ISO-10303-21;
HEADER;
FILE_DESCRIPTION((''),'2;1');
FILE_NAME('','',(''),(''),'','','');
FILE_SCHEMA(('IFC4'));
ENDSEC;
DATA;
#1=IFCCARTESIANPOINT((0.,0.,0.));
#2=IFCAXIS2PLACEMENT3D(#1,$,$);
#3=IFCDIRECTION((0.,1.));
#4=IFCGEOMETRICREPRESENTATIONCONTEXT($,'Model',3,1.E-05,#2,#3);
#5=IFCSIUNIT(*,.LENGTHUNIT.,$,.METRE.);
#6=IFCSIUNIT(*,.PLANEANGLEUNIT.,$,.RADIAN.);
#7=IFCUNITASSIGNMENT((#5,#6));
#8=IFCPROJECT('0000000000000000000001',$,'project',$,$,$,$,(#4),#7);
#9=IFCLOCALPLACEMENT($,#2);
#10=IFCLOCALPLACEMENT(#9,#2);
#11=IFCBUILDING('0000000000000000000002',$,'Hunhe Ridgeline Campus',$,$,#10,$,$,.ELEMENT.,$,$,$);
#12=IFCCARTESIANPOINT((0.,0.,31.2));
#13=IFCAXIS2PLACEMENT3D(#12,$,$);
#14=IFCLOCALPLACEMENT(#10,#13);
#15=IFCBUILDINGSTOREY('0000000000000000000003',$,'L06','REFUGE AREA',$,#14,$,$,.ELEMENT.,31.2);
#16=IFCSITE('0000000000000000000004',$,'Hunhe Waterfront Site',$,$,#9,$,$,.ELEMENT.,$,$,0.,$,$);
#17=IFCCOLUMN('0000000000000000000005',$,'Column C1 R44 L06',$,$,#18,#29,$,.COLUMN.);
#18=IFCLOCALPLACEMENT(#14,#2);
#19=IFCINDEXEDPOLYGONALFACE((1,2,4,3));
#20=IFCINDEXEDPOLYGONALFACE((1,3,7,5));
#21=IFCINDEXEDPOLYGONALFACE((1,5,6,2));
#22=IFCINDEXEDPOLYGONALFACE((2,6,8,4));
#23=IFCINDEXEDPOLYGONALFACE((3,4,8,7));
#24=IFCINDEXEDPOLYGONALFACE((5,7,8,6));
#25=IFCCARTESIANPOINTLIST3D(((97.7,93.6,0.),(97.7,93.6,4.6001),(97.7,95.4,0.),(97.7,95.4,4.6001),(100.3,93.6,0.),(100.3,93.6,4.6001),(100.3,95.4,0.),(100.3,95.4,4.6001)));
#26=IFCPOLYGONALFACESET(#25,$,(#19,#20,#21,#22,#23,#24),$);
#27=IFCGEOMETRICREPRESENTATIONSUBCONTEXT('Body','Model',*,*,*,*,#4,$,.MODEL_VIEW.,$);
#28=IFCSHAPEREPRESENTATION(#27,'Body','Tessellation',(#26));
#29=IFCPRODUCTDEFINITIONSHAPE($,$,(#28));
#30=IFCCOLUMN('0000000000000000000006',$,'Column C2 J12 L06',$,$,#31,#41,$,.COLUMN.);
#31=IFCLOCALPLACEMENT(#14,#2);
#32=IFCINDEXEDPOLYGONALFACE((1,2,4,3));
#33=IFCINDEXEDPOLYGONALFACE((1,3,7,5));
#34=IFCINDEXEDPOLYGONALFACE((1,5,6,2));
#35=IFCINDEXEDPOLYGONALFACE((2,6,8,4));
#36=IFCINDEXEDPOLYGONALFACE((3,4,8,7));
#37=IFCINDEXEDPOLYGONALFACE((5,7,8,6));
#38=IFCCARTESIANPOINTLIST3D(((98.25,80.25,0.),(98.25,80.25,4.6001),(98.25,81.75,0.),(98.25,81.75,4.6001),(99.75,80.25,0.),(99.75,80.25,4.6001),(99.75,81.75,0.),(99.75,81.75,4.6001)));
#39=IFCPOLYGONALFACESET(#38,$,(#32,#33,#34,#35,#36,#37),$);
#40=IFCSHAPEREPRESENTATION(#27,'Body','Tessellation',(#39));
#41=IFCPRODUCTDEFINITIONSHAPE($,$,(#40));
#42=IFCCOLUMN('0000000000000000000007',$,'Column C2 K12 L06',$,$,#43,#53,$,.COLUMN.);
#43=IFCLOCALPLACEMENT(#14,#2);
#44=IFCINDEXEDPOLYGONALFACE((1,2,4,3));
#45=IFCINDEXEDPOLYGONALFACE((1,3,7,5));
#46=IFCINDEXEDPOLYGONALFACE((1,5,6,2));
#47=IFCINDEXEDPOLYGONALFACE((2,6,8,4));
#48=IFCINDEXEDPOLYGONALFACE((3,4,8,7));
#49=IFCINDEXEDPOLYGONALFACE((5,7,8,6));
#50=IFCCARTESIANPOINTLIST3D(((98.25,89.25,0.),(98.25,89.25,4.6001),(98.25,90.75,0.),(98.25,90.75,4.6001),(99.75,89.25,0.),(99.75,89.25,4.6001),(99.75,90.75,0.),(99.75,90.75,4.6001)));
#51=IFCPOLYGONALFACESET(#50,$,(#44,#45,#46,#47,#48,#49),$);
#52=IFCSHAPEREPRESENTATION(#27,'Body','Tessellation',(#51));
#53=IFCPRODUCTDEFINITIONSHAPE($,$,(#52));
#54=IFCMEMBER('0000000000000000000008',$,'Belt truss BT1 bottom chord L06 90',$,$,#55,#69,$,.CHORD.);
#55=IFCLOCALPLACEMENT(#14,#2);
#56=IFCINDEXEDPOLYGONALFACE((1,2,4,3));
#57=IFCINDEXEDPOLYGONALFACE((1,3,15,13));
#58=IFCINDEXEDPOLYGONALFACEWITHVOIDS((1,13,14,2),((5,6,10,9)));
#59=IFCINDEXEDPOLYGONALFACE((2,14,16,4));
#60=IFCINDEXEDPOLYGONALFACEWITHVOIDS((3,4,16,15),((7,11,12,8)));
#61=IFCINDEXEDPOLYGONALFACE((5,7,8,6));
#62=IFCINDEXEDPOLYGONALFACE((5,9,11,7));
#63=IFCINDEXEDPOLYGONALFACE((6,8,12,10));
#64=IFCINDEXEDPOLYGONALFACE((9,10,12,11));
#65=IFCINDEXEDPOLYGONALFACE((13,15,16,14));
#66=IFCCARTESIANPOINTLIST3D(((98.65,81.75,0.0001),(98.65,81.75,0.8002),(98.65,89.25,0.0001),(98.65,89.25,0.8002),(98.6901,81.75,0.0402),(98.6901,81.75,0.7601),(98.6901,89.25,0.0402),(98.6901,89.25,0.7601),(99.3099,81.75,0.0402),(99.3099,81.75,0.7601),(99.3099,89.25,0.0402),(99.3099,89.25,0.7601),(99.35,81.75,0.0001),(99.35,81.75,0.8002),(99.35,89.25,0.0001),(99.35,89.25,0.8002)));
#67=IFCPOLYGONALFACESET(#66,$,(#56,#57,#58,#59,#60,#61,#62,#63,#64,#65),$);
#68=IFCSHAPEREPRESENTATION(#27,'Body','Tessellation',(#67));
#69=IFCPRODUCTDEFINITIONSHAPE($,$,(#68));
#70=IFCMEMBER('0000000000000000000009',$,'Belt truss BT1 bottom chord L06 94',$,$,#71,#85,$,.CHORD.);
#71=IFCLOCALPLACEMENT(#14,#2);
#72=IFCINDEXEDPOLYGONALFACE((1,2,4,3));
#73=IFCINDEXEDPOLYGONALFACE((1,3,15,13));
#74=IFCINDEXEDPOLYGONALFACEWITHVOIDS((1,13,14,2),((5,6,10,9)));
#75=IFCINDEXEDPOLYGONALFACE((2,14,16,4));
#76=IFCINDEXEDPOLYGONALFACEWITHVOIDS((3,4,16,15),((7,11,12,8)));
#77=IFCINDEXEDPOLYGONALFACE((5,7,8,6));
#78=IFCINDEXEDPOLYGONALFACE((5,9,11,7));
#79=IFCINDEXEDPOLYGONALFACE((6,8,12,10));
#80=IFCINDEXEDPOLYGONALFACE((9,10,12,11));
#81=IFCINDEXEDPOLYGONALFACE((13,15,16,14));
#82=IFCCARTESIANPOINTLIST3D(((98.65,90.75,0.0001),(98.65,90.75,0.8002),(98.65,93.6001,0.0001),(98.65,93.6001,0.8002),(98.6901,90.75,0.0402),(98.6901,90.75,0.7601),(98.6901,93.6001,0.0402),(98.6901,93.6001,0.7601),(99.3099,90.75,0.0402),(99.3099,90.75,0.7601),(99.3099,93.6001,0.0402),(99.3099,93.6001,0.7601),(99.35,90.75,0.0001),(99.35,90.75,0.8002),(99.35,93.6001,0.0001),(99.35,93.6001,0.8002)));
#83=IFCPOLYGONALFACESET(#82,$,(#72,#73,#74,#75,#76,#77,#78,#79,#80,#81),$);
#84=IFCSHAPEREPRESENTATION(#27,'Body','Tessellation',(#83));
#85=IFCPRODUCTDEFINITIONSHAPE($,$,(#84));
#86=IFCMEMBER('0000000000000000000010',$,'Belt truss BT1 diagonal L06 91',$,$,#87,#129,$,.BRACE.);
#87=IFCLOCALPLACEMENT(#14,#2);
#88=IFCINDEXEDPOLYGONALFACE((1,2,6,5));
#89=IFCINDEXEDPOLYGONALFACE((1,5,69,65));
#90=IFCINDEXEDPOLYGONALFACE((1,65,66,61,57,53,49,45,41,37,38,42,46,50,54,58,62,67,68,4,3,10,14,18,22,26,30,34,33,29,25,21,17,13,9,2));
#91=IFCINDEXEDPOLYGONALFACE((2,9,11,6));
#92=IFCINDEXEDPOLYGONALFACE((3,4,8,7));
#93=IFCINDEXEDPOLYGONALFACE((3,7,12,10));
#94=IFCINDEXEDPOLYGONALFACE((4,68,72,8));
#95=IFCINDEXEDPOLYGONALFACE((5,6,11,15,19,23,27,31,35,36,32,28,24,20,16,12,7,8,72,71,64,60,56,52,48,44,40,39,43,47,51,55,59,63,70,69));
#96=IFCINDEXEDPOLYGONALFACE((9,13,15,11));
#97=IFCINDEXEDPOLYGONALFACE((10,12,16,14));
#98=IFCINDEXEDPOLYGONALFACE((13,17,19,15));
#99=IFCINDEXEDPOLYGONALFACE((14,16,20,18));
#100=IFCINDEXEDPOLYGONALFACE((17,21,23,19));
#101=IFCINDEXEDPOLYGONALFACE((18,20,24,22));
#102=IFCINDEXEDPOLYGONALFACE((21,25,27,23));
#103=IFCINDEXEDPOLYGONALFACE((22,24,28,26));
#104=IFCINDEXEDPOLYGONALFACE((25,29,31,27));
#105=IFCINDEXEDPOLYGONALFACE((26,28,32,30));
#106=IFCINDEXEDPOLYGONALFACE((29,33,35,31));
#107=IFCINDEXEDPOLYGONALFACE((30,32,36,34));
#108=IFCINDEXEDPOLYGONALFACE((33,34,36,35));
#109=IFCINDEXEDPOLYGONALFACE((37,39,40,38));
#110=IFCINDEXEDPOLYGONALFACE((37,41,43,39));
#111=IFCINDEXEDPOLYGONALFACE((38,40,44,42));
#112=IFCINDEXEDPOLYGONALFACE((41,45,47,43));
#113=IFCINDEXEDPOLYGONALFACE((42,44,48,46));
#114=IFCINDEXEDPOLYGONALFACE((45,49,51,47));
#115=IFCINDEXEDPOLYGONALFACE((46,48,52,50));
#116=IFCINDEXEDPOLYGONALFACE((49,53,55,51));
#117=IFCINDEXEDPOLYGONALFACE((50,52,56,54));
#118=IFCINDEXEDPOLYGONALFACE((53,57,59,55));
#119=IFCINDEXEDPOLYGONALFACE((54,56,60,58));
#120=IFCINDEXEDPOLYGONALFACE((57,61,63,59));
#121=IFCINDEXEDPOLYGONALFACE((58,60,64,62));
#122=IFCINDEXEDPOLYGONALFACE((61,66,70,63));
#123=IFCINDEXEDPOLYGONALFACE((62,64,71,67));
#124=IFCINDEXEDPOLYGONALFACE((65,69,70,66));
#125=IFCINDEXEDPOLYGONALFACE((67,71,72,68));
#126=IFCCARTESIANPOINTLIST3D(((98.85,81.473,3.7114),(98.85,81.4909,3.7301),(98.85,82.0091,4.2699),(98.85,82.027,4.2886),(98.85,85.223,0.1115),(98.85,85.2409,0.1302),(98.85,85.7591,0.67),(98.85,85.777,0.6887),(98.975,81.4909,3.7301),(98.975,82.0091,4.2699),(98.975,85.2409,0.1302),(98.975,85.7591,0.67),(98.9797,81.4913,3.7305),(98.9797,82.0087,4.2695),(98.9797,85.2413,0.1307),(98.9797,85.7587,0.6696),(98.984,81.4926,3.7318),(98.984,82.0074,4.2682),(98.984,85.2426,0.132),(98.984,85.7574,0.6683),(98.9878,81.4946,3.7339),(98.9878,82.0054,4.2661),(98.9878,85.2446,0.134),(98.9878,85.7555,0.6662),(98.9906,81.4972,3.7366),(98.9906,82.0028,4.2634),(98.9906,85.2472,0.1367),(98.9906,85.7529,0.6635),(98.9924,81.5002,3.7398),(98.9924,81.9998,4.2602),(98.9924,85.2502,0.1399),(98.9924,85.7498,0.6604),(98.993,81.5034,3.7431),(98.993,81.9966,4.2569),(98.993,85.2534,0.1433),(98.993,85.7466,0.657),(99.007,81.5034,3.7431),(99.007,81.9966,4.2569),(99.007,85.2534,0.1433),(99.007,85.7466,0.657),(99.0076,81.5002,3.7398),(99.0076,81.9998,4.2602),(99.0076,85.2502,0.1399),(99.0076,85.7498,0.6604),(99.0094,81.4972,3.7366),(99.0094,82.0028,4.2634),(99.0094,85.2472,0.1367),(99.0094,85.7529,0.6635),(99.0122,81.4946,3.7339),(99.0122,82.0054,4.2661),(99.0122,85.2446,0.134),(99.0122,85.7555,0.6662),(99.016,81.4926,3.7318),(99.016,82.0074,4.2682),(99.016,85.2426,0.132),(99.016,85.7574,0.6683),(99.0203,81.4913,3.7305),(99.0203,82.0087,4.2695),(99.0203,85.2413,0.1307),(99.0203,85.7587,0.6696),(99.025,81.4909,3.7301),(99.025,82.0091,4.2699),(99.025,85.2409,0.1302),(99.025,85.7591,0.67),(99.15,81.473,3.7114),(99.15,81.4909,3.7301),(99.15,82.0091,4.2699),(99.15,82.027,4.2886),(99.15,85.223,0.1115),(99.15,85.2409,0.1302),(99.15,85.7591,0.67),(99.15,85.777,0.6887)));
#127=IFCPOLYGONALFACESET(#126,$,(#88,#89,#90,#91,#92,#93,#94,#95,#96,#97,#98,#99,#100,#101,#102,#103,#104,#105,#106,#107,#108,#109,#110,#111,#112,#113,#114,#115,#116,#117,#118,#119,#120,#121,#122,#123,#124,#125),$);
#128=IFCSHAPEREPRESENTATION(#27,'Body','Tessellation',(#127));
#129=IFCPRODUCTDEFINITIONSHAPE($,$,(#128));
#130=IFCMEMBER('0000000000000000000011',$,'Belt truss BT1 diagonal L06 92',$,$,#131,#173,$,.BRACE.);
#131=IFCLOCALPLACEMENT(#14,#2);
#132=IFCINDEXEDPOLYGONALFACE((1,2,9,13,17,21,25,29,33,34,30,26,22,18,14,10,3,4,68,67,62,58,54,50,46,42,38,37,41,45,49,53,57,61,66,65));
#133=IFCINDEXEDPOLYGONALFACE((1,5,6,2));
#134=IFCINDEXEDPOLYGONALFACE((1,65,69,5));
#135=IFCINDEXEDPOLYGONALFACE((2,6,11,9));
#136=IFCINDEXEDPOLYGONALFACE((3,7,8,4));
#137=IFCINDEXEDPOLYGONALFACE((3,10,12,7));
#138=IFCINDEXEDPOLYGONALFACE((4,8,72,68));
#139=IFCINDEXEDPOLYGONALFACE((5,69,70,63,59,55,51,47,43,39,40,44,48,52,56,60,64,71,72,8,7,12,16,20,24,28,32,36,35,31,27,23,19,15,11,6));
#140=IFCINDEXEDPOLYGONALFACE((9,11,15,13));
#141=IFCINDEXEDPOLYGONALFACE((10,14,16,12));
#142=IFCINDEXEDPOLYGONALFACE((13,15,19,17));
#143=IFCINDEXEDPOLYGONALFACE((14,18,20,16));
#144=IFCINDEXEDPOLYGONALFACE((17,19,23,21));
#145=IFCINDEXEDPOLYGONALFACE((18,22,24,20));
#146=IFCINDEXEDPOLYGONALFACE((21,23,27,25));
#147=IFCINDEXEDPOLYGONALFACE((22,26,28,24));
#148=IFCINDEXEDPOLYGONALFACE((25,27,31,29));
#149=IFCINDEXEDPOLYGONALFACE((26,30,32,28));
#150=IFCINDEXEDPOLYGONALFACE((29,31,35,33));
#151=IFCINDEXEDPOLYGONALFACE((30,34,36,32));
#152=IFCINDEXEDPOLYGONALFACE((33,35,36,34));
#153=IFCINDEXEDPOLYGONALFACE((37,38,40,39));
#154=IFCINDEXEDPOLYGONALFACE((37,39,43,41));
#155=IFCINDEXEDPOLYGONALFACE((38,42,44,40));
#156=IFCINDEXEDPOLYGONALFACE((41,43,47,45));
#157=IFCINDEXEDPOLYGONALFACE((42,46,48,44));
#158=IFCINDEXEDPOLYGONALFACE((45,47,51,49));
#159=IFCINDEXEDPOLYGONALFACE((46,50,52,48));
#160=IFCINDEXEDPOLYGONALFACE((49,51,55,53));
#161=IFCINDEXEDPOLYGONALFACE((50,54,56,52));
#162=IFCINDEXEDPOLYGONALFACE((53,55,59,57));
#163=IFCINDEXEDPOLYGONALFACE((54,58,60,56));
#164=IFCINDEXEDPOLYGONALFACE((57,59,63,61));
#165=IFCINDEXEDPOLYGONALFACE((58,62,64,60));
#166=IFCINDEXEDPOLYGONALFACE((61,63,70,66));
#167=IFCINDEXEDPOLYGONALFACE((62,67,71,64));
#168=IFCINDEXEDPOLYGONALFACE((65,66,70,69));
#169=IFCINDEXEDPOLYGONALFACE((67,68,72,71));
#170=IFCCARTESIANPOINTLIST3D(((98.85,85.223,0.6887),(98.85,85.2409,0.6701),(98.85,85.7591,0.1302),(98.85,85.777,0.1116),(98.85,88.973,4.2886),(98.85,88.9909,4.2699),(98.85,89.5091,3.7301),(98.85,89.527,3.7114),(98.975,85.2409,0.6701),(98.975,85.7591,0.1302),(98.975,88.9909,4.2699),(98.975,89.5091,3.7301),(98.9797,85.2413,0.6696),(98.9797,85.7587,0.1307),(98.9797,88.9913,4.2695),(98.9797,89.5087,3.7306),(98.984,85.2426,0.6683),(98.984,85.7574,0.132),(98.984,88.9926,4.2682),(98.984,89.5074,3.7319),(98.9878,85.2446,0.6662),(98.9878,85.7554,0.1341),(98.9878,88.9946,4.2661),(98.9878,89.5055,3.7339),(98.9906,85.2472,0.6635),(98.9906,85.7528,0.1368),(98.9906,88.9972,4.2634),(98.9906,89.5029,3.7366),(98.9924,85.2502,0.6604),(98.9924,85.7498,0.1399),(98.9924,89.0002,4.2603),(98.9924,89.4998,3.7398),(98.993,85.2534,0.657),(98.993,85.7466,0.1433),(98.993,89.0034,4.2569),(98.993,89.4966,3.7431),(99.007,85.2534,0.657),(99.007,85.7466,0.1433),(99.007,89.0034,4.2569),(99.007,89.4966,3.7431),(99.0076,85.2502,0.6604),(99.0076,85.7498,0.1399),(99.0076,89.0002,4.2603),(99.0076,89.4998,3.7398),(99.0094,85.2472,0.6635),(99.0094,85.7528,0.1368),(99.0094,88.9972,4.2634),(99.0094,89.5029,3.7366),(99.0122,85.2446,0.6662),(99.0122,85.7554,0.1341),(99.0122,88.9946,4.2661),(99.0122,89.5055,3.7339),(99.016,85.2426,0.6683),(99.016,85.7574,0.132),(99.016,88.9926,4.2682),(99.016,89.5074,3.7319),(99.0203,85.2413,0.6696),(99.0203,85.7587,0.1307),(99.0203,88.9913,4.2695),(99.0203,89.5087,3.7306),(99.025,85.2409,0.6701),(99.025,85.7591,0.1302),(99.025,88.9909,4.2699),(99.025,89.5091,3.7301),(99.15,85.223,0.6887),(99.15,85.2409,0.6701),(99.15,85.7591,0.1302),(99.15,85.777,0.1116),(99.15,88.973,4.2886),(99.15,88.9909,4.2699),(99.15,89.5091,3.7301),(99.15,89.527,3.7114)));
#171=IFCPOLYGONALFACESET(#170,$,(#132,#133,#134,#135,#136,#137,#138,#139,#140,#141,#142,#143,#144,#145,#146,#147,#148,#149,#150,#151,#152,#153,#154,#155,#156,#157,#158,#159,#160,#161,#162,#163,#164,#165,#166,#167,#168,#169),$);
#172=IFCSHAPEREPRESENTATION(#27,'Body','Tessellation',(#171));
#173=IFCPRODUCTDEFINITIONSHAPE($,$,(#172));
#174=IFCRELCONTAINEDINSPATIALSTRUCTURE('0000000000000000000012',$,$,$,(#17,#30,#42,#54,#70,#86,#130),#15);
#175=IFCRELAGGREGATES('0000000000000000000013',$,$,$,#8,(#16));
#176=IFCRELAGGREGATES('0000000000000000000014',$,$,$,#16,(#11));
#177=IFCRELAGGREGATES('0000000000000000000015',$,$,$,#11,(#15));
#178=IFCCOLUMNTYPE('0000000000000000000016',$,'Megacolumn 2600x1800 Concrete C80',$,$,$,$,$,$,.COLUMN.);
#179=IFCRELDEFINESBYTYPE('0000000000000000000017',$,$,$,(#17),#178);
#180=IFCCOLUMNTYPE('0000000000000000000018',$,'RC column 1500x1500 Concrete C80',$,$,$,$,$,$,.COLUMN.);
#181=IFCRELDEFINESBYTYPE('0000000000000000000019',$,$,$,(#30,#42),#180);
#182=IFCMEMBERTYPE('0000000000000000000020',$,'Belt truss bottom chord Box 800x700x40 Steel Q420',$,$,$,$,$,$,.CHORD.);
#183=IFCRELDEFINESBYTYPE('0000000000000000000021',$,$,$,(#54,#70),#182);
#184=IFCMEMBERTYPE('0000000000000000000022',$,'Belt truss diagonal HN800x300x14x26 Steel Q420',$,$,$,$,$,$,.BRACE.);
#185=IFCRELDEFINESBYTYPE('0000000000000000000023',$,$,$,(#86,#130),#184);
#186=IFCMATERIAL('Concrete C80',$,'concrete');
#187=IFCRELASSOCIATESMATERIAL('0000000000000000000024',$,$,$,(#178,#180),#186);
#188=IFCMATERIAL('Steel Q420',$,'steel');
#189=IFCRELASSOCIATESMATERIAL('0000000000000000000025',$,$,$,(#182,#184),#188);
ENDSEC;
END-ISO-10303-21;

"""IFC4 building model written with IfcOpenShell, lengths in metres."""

from ifc_helpers import new_model, si_unit, direction, frame, origin, origin_2d, place, context, subcontext, project, spatial, rectangle, hollow_rectangle, i_section, extrude, material, material_profile, profile_set, type_object, element, save


model = new_model("IFC4")

# Units and contexts
model_context = context("Model", 3, precision=1e-05, world=origin(), true_north=direction((0.0, 1.0)))
body_context = subcontext(model_context, "Body", "Model", "MODEL_VIEW")
ifc_project = project(units=[si_unit("LENGTHUNIT", "METRE"), si_unit("PLANEANGLEUNIT", "RADIAN")], contexts=[model_context])

# Site, building, storey
site_placement = place(None, origin())
site = spatial("IfcSite", under=ifc_project, at=site_placement, Name="Hunhe Waterfront Site", CompositionType="ELEMENT", RefElevation=0.0)
building_placement = place(site_placement, origin())
building = spatial("IfcBuilding", under=site, at=building_placement, Name="Hunhe Ridgeline Campus", CompositionType="ELEMENT")
storey_placement = place(building_placement, frame((0.0, 0.0, 31.2)))
storey = spatial("IfcBuildingStorey", under=building, at=storey_placement, Name="L06", Description="REFUGE AREA", CompositionType="ELEMENT", Elevation=31.2)

# Columns
ifc_material_1 = material(Name="Concrete C80", Category="concrete")
ifc_material_profile_1 = material_profile(ifc_material_1, rectangle(XDim=2.6001, YDim=1.8, at=origin_2d()))
ifc_profile_set_1 = profile_set([ifc_material_profile_1], Name="Concrete C80")
column_type_1 = type_object("IfcColumnType", Name="Megacolumn 2600x1800 Concrete C80", PredefinedType="COLUMN", material=ifc_profile_set_1)
column_placement = place(storey_placement, frame((99.0, 94.5, 0.0), z_axis=(0.0, 0.0, 1.0), x_axis=(1.0, 0.0, 0.0)))
element("IfcColumn", 1, at=column_placement, inside=storey, type_object=column_type_1, Name="Column C1 R44 L06", PredefinedType="COLUMN", context=body_context, shape_type="SweptSolid", body=[
    extrude(rectangle(XDim=2.6001, YDim=1.8, at=origin_2d()), origin(), (0.0, 0.0, 1.0), 4.6001),
])
ifc_material_profile_2 = material_profile(ifc_material_1, rectangle(XDim=1.5, YDim=1.5, at=origin_2d()))
ifc_profile_set_2 = profile_set([ifc_material_profile_2], Name="Concrete C80")
column_type_2 = type_object("IfcColumnType", Name="RC column 1500x1500 Concrete C80", PredefinedType="COLUMN", material=ifc_profile_set_2)
for number, where, z_axis, x_axis, name in (
    (2, (99.0, 81.0, 0.0), (0.0, 0.0, 1.0), (1.0, 0.0, 0.0), "Column C2 J12 L06"),
    (3, (99.0, 90.0, 0.0), (0.0, 0.0, 1.0), (1.0, 0.0, 0.0), "Column C2 K12 L06"),
):
    element("IfcColumn", number, at=place(storey_placement, frame(where, z_axis=z_axis, x_axis=x_axis)), inside=storey, type_object=column_type_2, Name=name, PredefinedType="COLUMN", context=body_context, shape_type="SweptSolid", body=[
        extrude(rectangle(XDim=1.5, YDim=1.5, at=origin_2d()), origin(), (0.0, 0.0, 1.0), 4.6001),
    ])

# Members
ifc_material_2 = material(Name="Steel Q420", Category="steel")
ifc_material_profile_3 = material_profile(ifc_material_2, hollow_rectangle(XDim=0.7, YDim=0.8, WallThickness=0.04, at=origin_2d()))
ifc_profile_set_3 = profile_set([ifc_material_profile_3], Name="Steel Q420")
member_type_1 = type_object("IfcMemberType", Name="Belt truss bottom chord Box 800x700x40 Steel Q420", PredefinedType="CHORD", material=ifc_profile_set_3)
member_1_placement = place(storey_placement, frame((99.0, 81.75, 0.4001), z_axis=(0.0, 1.0, 0.0), x_axis=(-1.0, 0.0, 0.0)))
element("IfcMember", 4, at=member_1_placement, inside=storey, type_object=member_type_1, Name="Belt truss BT1 bottom chord L06 90", PredefinedType="CHORD", context=body_context, shape_type="SweptSolid", body=[
    extrude(hollow_rectangle(XDim=0.7, YDim=0.8, WallThickness=0.04, at=origin_2d()), origin(), (0.0, 0.0, 1.0), 7.5),
])
member_2_placement = place(storey_placement, frame((99.0, 90.75, 0.4001), z_axis=(0.0, 1.0, 0.0), x_axis=(-1.0, 0.0, 0.0)))
element("IfcMember", 5, at=member_2_placement, inside=storey, type_object=member_type_1, Name="Belt truss BT1 bottom chord L06 94", PredefinedType="CHORD", context=body_context, shape_type="SweptSolid", body=[
    extrude(hollow_rectangle(XDim=0.7, YDim=0.8, WallThickness=0.04, at=origin_2d()), origin(), (0.0, 0.0, 1.0), 2.8501),
])
ifc_material_profile_4 = material_profile(ifc_material_2, i_section(OverallWidth=0.3, OverallDepth=0.8, WebThickness=0.0139, FlangeThickness=0.0259, FilletRadius=0.0181, at=origin_2d()))
ifc_profile_set_4 = profile_set([ifc_material_profile_4], Name="Steel Q420")
member_type_2 = type_object("IfcMemberType", Name="Belt truss diagonal HN800x300x14x26 Steel Q420", PredefinedType="BRACE", material=ifc_profile_set_4)
for number, where, z_axis, x_axis, name in (
    (6, (99.0, 81.75, 4.0), (0.0, 0.721401, -0.692517), (-1.0, 0.0, 0.0), "Belt truss BT1 diagonal L06 91"),
    (7, (99.0, 85.5, 0.4001), (0.0, 0.721401, 0.692517), (-1.0, 0.0, 0.0), "Belt truss BT1 diagonal L06 92"),
):
    element("IfcMember", number, at=place(storey_placement, frame(where, z_axis=z_axis, x_axis=x_axis)), inside=storey, type_object=member_type_2, Name=name, PredefinedType="BRACE", context=body_context, shape_type="SweptSolid", body=[
        extrude(i_section(OverallWidth=0.3, OverallDepth=0.8, WebThickness=0.0139, FlangeThickness=0.0259, FilletRadius=0.0181, at=origin_2d()), origin(), (0.0, 0.0, 1.0), 5.1982),
    ])

save(model, "model.ifc")
